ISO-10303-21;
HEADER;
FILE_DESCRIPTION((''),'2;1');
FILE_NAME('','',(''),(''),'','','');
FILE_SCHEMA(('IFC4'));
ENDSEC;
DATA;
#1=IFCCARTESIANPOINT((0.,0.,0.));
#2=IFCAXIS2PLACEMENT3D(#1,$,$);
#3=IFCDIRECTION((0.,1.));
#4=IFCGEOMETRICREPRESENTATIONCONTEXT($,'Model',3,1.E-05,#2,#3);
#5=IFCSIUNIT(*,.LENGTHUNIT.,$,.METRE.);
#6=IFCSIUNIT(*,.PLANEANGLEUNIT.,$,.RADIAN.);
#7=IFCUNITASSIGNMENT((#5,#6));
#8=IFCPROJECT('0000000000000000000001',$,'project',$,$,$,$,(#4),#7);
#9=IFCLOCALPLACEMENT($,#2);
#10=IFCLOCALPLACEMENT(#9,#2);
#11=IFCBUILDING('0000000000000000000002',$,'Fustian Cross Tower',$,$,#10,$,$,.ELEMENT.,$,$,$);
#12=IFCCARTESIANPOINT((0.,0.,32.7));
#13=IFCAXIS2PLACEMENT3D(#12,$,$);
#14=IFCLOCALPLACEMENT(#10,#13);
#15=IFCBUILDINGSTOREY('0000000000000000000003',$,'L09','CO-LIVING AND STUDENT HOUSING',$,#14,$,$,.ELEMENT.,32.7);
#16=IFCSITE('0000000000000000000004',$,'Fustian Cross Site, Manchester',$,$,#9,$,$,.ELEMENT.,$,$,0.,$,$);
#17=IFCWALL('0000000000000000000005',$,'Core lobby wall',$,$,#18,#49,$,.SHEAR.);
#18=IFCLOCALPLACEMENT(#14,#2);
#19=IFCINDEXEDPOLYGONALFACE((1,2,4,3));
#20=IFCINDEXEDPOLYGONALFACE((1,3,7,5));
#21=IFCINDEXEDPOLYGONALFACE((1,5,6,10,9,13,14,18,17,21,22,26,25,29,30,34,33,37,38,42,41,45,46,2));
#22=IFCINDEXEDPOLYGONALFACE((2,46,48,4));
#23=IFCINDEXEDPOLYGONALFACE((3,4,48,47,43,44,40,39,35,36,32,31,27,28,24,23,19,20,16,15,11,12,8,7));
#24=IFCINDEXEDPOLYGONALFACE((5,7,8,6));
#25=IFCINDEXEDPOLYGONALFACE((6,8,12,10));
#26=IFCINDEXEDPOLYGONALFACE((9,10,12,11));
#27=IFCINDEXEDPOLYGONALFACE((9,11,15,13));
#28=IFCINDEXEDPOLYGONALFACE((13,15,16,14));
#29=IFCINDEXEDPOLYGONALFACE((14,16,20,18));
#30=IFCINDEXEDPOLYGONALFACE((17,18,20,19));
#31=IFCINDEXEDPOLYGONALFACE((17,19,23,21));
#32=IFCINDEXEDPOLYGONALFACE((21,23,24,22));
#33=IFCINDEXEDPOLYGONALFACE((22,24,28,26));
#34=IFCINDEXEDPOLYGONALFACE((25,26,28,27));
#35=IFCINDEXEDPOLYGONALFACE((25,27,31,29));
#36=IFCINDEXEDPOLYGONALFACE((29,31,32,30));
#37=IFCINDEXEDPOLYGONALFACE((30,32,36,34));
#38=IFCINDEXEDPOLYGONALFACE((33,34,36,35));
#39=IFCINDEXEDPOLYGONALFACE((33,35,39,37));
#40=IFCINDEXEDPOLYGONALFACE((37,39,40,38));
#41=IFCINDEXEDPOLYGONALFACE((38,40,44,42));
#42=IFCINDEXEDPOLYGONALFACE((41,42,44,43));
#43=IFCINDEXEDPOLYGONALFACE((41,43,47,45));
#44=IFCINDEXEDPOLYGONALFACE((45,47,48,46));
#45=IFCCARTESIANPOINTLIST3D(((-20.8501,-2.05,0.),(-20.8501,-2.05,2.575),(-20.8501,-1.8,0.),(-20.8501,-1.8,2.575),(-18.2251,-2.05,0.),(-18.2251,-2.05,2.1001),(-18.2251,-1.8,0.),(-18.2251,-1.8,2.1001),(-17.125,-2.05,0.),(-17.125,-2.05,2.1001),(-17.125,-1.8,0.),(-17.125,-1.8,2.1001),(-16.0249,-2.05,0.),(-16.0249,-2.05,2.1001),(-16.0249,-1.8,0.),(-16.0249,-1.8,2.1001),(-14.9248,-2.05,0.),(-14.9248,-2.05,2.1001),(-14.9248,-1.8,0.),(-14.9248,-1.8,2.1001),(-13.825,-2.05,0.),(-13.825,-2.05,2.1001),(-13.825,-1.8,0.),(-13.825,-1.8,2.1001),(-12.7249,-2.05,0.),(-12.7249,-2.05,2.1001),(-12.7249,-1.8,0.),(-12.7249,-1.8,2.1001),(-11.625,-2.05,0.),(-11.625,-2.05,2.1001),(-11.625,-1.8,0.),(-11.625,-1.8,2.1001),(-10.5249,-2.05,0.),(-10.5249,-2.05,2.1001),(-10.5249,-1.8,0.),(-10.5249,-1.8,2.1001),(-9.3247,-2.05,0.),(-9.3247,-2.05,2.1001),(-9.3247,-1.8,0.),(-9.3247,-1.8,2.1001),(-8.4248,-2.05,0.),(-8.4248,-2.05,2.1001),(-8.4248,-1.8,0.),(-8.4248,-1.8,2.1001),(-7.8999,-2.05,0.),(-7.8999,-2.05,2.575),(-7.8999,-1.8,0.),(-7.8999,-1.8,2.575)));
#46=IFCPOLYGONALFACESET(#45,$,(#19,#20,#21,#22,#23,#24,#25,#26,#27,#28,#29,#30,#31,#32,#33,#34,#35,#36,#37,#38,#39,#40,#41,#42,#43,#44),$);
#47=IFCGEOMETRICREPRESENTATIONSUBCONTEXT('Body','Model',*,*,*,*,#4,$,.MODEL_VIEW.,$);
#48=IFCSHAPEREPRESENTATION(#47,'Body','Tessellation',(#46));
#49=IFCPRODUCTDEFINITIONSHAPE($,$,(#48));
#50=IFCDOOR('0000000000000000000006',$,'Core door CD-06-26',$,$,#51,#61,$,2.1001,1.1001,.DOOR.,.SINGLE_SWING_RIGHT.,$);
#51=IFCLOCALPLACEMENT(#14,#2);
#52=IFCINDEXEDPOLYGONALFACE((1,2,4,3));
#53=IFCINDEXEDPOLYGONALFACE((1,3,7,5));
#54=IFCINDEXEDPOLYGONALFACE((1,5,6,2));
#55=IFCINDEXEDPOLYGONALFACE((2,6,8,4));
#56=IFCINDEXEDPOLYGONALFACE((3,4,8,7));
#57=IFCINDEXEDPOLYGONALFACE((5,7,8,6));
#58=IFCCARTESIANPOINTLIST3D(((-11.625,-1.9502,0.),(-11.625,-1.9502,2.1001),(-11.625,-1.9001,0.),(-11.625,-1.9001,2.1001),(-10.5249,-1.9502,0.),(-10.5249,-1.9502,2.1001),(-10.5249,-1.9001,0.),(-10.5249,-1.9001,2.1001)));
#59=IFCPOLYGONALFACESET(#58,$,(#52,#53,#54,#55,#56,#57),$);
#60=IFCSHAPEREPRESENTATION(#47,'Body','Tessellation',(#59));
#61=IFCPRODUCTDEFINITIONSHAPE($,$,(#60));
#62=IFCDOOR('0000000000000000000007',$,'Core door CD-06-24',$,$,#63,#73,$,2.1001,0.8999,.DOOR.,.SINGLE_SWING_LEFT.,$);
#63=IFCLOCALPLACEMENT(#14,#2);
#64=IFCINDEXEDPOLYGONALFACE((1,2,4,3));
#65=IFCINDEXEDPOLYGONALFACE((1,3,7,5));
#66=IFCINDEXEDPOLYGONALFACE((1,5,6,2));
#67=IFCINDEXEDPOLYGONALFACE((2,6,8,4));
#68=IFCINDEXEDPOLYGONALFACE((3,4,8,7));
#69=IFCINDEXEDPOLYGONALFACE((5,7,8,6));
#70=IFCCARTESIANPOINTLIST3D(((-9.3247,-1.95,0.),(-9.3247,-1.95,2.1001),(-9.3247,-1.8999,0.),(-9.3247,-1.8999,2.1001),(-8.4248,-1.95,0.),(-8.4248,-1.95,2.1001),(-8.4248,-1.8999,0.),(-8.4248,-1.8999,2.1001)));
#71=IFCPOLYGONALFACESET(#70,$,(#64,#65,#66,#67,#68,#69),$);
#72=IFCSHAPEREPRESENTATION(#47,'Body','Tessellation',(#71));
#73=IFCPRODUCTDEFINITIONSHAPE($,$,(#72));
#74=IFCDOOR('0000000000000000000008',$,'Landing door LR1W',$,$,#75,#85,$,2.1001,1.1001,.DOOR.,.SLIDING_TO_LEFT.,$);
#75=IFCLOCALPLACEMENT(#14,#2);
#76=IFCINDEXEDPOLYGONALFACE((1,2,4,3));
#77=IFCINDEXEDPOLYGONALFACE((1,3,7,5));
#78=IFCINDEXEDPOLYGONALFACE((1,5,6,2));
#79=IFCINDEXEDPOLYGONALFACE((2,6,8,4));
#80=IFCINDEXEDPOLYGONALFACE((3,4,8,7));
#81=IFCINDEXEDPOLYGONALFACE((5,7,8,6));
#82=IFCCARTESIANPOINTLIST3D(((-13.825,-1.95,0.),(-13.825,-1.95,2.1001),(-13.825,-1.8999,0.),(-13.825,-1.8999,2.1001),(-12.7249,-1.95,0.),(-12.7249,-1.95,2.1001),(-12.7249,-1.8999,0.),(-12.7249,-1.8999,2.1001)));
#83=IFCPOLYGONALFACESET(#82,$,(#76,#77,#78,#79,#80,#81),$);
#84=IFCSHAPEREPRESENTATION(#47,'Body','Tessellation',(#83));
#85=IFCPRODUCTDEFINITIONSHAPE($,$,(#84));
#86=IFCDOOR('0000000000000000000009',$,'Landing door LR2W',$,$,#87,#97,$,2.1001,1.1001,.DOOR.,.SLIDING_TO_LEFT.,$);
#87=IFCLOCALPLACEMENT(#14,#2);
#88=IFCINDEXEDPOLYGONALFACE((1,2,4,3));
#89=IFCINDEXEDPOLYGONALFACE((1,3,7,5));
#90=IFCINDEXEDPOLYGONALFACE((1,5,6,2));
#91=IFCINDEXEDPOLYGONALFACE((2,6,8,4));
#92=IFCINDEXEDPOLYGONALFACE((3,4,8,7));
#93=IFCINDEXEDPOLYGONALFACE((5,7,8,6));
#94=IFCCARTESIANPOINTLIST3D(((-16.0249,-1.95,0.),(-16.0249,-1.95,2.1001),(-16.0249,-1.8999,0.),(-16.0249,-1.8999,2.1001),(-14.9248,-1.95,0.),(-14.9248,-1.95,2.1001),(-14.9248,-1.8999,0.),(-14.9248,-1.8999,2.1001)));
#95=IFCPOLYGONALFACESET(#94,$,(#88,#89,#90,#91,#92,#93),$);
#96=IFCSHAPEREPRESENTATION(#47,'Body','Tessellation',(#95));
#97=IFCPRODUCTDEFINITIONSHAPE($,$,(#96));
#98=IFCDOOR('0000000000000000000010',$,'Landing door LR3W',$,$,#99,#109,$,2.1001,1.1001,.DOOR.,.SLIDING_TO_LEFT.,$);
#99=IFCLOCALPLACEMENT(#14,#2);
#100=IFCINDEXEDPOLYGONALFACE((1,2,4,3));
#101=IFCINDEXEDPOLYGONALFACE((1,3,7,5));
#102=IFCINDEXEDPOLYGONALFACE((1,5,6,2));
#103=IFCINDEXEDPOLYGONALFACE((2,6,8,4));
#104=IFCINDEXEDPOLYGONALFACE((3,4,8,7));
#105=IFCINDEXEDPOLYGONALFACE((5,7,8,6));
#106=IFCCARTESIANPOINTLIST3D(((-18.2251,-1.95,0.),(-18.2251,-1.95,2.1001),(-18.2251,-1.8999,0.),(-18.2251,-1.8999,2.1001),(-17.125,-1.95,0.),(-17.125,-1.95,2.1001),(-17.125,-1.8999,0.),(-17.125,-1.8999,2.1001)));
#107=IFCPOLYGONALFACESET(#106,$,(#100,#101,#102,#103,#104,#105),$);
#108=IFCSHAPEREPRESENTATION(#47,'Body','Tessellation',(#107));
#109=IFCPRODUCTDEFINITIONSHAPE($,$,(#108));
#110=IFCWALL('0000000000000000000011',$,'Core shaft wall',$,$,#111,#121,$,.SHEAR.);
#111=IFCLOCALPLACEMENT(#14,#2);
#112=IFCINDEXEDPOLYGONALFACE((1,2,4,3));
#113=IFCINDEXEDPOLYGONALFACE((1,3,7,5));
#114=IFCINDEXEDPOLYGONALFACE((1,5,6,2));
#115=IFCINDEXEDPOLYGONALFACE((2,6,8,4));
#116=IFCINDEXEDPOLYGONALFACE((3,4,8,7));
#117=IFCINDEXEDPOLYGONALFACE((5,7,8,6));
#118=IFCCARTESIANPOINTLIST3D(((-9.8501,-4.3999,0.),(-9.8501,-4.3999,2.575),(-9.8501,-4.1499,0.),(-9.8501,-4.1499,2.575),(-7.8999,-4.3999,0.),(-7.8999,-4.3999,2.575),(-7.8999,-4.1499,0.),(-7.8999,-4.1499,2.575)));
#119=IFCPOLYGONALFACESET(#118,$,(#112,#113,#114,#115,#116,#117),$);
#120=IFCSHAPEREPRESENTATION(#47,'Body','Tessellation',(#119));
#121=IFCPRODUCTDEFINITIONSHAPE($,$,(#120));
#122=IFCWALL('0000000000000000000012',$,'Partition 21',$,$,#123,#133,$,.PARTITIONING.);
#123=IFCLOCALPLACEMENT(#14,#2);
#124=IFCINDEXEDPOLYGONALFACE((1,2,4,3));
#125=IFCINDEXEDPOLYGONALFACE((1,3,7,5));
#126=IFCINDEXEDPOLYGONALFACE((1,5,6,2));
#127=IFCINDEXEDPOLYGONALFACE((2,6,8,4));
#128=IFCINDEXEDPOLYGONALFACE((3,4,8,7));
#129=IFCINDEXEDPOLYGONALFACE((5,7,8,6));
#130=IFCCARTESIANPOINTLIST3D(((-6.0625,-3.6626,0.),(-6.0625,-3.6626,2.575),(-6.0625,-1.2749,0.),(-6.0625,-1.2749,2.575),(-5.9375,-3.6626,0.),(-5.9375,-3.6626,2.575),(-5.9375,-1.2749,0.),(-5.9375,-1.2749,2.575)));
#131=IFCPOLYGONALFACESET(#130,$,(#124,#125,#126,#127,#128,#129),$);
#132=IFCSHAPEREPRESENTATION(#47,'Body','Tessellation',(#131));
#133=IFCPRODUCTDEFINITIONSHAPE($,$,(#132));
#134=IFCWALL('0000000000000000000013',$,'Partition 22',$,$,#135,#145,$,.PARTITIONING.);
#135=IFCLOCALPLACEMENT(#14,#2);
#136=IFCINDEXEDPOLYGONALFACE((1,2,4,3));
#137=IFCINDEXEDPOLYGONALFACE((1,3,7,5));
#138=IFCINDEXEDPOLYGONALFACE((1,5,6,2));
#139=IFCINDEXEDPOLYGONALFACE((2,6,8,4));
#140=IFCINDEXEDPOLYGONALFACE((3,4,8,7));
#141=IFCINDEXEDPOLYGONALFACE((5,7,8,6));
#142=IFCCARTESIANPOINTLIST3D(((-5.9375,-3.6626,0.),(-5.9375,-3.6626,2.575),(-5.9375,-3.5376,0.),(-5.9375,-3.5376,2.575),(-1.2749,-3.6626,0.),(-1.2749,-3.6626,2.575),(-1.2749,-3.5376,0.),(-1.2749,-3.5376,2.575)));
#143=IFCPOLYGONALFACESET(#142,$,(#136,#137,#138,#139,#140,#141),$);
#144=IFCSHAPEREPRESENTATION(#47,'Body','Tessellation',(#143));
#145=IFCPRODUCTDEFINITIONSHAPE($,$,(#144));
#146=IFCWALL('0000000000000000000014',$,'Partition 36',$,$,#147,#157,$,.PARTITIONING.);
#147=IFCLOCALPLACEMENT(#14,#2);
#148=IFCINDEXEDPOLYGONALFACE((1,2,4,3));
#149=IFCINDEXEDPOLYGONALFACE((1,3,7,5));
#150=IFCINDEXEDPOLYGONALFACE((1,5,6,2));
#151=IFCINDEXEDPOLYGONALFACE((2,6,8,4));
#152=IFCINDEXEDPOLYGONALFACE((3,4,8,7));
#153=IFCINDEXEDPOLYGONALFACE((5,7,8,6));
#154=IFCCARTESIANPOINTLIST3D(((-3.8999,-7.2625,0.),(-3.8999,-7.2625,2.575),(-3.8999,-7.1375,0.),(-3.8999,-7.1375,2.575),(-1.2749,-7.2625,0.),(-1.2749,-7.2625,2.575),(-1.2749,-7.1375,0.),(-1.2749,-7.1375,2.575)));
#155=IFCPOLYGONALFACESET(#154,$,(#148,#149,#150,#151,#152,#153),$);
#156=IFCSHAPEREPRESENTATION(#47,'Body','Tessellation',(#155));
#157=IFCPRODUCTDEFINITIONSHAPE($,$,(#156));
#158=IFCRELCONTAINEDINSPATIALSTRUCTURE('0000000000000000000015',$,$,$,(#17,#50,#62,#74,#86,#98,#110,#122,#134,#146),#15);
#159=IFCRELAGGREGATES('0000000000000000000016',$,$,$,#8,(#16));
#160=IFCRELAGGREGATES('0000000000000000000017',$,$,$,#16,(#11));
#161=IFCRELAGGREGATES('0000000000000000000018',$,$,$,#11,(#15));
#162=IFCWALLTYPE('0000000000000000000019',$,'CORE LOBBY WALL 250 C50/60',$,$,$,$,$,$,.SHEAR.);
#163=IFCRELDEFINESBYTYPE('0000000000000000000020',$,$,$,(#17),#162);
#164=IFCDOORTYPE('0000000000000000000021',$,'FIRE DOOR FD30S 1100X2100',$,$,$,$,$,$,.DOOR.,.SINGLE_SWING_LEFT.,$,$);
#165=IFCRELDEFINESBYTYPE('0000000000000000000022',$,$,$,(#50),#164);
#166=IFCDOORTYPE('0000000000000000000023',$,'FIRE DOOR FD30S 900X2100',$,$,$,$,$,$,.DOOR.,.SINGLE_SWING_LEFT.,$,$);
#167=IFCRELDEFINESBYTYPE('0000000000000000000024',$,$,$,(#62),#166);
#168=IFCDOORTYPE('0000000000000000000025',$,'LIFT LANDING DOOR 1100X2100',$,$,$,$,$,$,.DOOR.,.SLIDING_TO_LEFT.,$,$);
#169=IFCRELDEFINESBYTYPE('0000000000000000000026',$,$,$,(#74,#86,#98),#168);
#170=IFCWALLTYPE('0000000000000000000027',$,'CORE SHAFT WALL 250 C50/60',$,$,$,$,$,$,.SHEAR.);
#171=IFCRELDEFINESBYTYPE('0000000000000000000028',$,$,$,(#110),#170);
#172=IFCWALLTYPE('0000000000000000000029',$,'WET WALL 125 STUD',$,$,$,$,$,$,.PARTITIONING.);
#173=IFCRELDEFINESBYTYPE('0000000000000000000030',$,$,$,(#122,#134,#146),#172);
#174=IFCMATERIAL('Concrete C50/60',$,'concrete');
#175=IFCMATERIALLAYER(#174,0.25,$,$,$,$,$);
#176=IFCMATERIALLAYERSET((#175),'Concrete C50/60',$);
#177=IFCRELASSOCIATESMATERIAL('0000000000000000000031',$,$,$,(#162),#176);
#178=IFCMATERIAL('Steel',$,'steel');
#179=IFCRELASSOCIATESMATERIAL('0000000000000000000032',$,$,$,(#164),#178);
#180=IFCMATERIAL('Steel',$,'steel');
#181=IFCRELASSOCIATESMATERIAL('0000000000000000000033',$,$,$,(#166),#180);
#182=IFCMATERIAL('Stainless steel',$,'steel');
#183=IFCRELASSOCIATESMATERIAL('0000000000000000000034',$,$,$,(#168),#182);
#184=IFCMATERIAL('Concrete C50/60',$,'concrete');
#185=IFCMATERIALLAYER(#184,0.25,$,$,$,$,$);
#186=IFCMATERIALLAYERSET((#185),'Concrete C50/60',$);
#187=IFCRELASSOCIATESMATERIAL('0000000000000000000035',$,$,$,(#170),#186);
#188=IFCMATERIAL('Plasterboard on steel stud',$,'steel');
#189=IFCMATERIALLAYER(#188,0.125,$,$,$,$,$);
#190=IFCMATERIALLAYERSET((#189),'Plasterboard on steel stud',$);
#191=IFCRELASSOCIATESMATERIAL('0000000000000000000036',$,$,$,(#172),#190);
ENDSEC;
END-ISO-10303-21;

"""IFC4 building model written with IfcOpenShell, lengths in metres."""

from ifc_helpers import new_model, si_unit, direction, frame, frame_2d, origin, place, context, subcontext, project, spatial, rectangle, extrude, material, layer, layer_set, type_object, element, fill, save


model = new_model("IFC4")

# Units and contexts
model_context = context("Model", 3, precision=1e-05, world=origin(), true_north=direction((0.0, 1.0)))
body_context = subcontext(model_context, "Body", "Model", "MODEL_VIEW")
ifc_project = project(units=[si_unit("LENGTHUNIT", "METRE"), si_unit("PLANEANGLEUNIT", "RADIAN")], contexts=[model_context])

# Site, building, storey
site_placement = place(None, origin())
site = spatial("IfcSite", under=ifc_project, at=site_placement, Name="Fustian Cross Site, Manchester", CompositionType="ELEMENT", RefElevation=0.0)
building_placement = place(site_placement, origin())
building = spatial("IfcBuilding", under=site, at=building_placement, Name="Fustian Cross Tower", CompositionType="ELEMENT")
storey_placement = place(building_placement, frame((0.0, 0.0, 32.7)))
storey = spatial("IfcBuildingStorey", under=building, at=storey_placement, Name="L09", Description="CO-LIVING AND STUDENT HOUSING", CompositionType="ELEMENT", Elevation=32.7)

# Wall, openings, doors
ifc_material_1 = material(Name="Concrete C50/60", Category="concrete")
ifc_layer_1 = layer(ifc_material_1, 0.25)
ifc_layer_set_1 = layer_set([ifc_layer_1], Name="Concrete C50/60")
wall_type_1 = type_object("IfcWallType", Name="CORE LOBBY WALL 250 C50/60", PredefinedType="SHEAR", material=ifc_layer_set_1)
wall_1_placement = place(storey_placement, frame((-7.8999, -1.925, 0.0), z_axis=(0.0, 0.0, 1.0), x_axis=(-1.0, 0.0, 0.0)))
wall_1 = element("IfcWall", 1, at=wall_1_placement, inside=storey, type_object=wall_type_1, Name="Core lobby wall", PredefinedType="SHEAR", context=body_context, shape_type="SweptSolid", body=[
    extrude(rectangle(XDim=12.9502, YDim=0.25, at=frame_2d((6.4751, 0.0))), origin(), (0.0, 0.0, 1.0), 2.575),
])
opening_1_placement = place(wall_1_placement, frame((4.825, 0.0, 0.0)))
opening_1 = element("IfcOpeningElement", 2, at=opening_1_placement, cuts=wall_1, PredefinedType="OPENING", context=body_context, shape_type="SweptSolid", body=[
    extrude(rectangle(XDim=1.1001, YDim=2.1001, at=frame_2d((0.55, 1.05))), frame((0.0, 0.135, 0.0), z_axis=(0.0, -1.0, 0.0), x_axis=(1.0, 0.0, 0.0)), (0.0, 0.0, 1.0), 0.27),
])
opening_2_placement = place(wall_1_placement, frame((7.0249, 0.0, 0.0)))
opening_2 = element("IfcOpeningElement", 3, at=opening_2_placement, cuts=wall_1, PredefinedType="OPENING", context=body_context, shape_type="SweptSolid", body=[
    extrude(rectangle(XDim=1.1001, YDim=2.1001, at=frame_2d((0.55, 1.05))), frame((0.0, 0.135, 0.0), z_axis=(0.0, -1.0, 0.0), x_axis=(1.0, 0.0, 0.0)), (0.0, 0.0, 1.0), 0.27),
])
opening_3_placement = place(wall_1_placement, frame((9.2251, 0.0, 0.0)))
opening_3 = element("IfcOpeningElement", 4, at=opening_3_placement, cuts=wall_1, PredefinedType="OPENING", context=body_context, shape_type="SweptSolid", body=[
    extrude(rectangle(XDim=1.1001, YDim=2.1001, at=frame_2d((0.55, 1.05))), frame((0.0, 0.135, 0.0), z_axis=(0.0, -1.0, 0.0), x_axis=(1.0, 0.0, 0.0)), (0.0, 0.0, 1.0), 0.27),
])
opening_4_placement = place(wall_1_placement, frame((0.5249, 0.0, 0.0)))
opening_4 = element("IfcOpeningElement", 5, at=opening_4_placement, cuts=wall_1, PredefinedType="OPENING", context=body_context, shape_type="SweptSolid", body=[
    extrude(rectangle(XDim=0.8999, YDim=2.1001, at=frame_2d((0.45, 1.05))), frame((0.0, 0.135, 0.0), z_axis=(0.0, -1.0, 0.0), x_axis=(1.0, 0.0, 0.0)), (0.0, 0.0, 1.0), 0.27),
])
opening_5_placement = place(wall_1_placement, frame((2.625, 0.0, 0.0)))
opening_5 = element("IfcOpeningElement", 6, at=opening_5_placement, cuts=wall_1, PredefinedType="OPENING", context=body_context, shape_type="SweptSolid", body=[
    extrude(rectangle(XDim=1.1001, YDim=2.1001, at=frame_2d((0.55, 1.05))), frame((0.0, 0.135, 0.0), z_axis=(0.0, -1.0, 0.0), x_axis=(1.0, 0.0, 0.0)), (0.0, 0.0, 1.0), 0.27),
])
ifc_material_2 = material(Name="Steel", Category="steel")
door_type_1 = type_object("IfcDoorType", Name="FIRE DOOR FD30S 1100X2100", OperationType="SINGLE_SWING_LEFT", PredefinedType="DOOR", material=ifc_material_2)
door_1_placement = place(opening_5_placement, frame((1.1001, 0.0, 0.0), z_axis=(0.0, 0.0, 1.0), x_axis=(-1.0, 0.0, 0.0)))
door_1 = element("IfcDoor", 7, at=door_1_placement, inside=storey, type_object=door_type_1, Name="Core door CD-06-26", OperationType="SINGLE_SWING_RIGHT", OverallHeight=2.1001, OverallWidth=1.1001, PredefinedType="DOOR", context=body_context, shape_type="SweptSolid", body=[
    extrude(rectangle(XDim=1.1001, YDim=2.1001, at=frame_2d((0.55, 1.05))), frame((0.0, 0.0249, 0.0), z_axis=(0.0, -1.0, 0.0), x_axis=(1.0, 0.0, 0.0)), (0.0, 0.0, 1.0), 0.05),
])
fill(opening_5, door_1)
ifc_material_3 = material(Name="Steel", Category="steel")
door_type_2 = type_object("IfcDoorType", Name="FIRE DOOR FD30S 900X2100", OperationType="SINGLE_SWING_LEFT", PredefinedType="DOOR", material=ifc_material_3)
door_2_placement = place(opening_4_placement, origin())
door_2 = element("IfcDoor", 8, at=door_2_placement, inside=storey, type_object=door_type_2, Name="Core door CD-06-24", OperationType="SINGLE_SWING_LEFT", OverallHeight=2.1001, OverallWidth=0.8999, PredefinedType="DOOR", context=body_context, shape_type="SweptSolid", body=[
    extrude(rectangle(XDim=0.8999, YDim=2.1001, at=frame_2d((0.45, 1.05))), frame((0.0, 0.0249, 0.0), z_axis=(0.0, -1.0, 0.0), x_axis=(1.0, 0.0, 0.0)), (0.0, 0.0, 1.0), 0.05),
])
fill(opening_4, door_2)
ifc_material_4 = material(Name="Stainless steel", Category="steel")
door_type_3 = type_object("IfcDoorType", Name="LIFT LANDING DOOR 1100X2100", OperationType="SLIDING_TO_LEFT", PredefinedType="DOOR", material=ifc_material_4)
door_3_placement = place(opening_1_placement, origin())
door_3 = element("IfcDoor", 9, at=door_3_placement, inside=storey, type_object=door_type_3, Name="Landing door LR1W", OperationType="SLIDING_TO_LEFT", OverallHeight=2.1001, OverallWidth=1.1001, PredefinedType="DOOR", context=body_context, shape_type="SweptSolid", body=[
    extrude(rectangle(XDim=1.1001, YDim=2.1001, at=frame_2d((0.55, 1.05))), frame((0.0, 0.0249, 0.0), z_axis=(0.0, -1.0, 0.0), x_axis=(1.0, 0.0, 0.0)), (0.0, 0.0, 1.0), 0.05),
])
fill(opening_1, door_3)
door_4_placement = place(opening_2_placement, origin())
door_4 = element("IfcDoor", 10, at=door_4_placement, inside=storey, type_object=door_type_3, Name="Landing door LR2W", OperationType="SLIDING_TO_LEFT", OverallHeight=2.1001, OverallWidth=1.1001, PredefinedType="DOOR", context=body_context, shape_type="SweptSolid", body=[
    extrude(rectangle(XDim=1.1001, YDim=2.1001, at=frame_2d((0.55, 1.05))), frame((0.0, 0.0249, 0.0), z_axis=(0.0, -1.0, 0.0), x_axis=(1.0, 0.0, 0.0)), (0.0, 0.0, 1.0), 0.05),
])
fill(opening_2, door_4)
door_5_placement = place(opening_3_placement, origin())
door_5 = element("IfcDoor", 11, at=door_5_placement, inside=storey, type_object=door_type_3, Name="Landing door LR3W", OperationType="SLIDING_TO_LEFT", OverallHeight=2.1001, OverallWidth=1.1001, PredefinedType="DOOR", context=body_context, shape_type="SweptSolid", body=[
    extrude(rectangle(XDim=1.1001, YDim=2.1001, at=frame_2d((0.55, 1.05))), frame((0.0, 0.0249, 0.0), z_axis=(0.0, -1.0, 0.0), x_axis=(1.0, 0.0, 0.0)), (0.0, 0.0, 1.0), 0.05),
])
fill(opening_3, door_5)

# Walls
ifc_material_5 = material(Name="Concrete C50/60", Category="concrete")
ifc_layer_2 = layer(ifc_material_5, 0.25)
ifc_layer_set_2 = layer_set([ifc_layer_2], Name="Concrete C50/60")
wall_type_2 = type_object("IfcWallType", Name="CORE SHAFT WALL 250 C50/60", PredefinedType="SHEAR", material=ifc_layer_set_2)
wall_2_placement = place(storey_placement, frame((-7.8999, -4.2749, 0.0), z_axis=(0.0, 0.0, 1.0), x_axis=(-1.0, 0.0, 0.0)))
element("IfcWall", 12, at=wall_2_placement, inside=storey, type_object=wall_type_2, Name="Core shaft wall", PredefinedType="SHEAR", context=body_context, shape_type="SweptSolid", body=[
    extrude(rectangle(XDim=1.9502, YDim=0.25, at=frame_2d((0.9751, 0.0))), origin(), (0.0, 0.0, 1.0), 2.575),
])
ifc_material_6 = material(Name="Plasterboard on steel stud", Category="steel")
ifc_layer_3 = layer(ifc_material_6, 0.125)
ifc_layer_set_3 = layer_set([ifc_layer_3], Name="Plasterboard on steel stud")
wall_type_3 = type_object("IfcWallType", Name="WET WALL 125 STUD", PredefinedType="PARTITIONING", material=ifc_layer_set_3)
wall_3_placement = place(storey_placement, frame((-6.0, -3.6626, 0.0), z_axis=(0.0, 0.0, 1.0), x_axis=(0.0, 1.0, 0.0)))
element("IfcWall", 13, at=wall_3_placement, inside=storey, type_object=wall_type_3, Name="Partition 21", PredefinedType="PARTITIONING", context=body_context, shape_type="SweptSolid", body=[
    extrude(rectangle(XDim=2.3877, YDim=0.125, at=frame_2d((1.1938, 0.0))), origin(), (0.0, 0.0, 1.0), 2.575),
])
wall_4_placement = place(storey_placement, frame((-5.9375, -3.6001, 0.0), z_axis=(0.0, 0.0, 1.0), x_axis=(1.0, 0.0, 0.0)))
element("IfcWall", 14, at=wall_4_placement, inside=storey, type_object=wall_type_3, Name="Partition 22", PredefinedType="PARTITIONING", context=body_context, shape_type="SweptSolid", body=[
    extrude(rectangle(XDim=4.6626, YDim=0.125, at=frame_2d((2.3313, 0.0))), origin(), (0.0, 0.0, 1.0), 2.575),
])
wall_5_placement = place(storey_placement, frame((-3.8999, -7.2, 0.0), z_axis=(0.0, 0.0, 1.0), x_axis=(1.0, 0.0, 0.0)))
element("IfcWall", 15, at=wall_5_placement, inside=storey, type_object=wall_type_3, Name="Partition 36", PredefinedType="PARTITIONING", context=body_context, shape_type="SweptSolid", body=[
    extrude(rectangle(XDim=2.625, YDim=0.125, at=frame_2d((1.3125, 0.0))), origin(), (0.0, 0.0, 1.0), 2.575),
])

save(model, "model.ifc")
